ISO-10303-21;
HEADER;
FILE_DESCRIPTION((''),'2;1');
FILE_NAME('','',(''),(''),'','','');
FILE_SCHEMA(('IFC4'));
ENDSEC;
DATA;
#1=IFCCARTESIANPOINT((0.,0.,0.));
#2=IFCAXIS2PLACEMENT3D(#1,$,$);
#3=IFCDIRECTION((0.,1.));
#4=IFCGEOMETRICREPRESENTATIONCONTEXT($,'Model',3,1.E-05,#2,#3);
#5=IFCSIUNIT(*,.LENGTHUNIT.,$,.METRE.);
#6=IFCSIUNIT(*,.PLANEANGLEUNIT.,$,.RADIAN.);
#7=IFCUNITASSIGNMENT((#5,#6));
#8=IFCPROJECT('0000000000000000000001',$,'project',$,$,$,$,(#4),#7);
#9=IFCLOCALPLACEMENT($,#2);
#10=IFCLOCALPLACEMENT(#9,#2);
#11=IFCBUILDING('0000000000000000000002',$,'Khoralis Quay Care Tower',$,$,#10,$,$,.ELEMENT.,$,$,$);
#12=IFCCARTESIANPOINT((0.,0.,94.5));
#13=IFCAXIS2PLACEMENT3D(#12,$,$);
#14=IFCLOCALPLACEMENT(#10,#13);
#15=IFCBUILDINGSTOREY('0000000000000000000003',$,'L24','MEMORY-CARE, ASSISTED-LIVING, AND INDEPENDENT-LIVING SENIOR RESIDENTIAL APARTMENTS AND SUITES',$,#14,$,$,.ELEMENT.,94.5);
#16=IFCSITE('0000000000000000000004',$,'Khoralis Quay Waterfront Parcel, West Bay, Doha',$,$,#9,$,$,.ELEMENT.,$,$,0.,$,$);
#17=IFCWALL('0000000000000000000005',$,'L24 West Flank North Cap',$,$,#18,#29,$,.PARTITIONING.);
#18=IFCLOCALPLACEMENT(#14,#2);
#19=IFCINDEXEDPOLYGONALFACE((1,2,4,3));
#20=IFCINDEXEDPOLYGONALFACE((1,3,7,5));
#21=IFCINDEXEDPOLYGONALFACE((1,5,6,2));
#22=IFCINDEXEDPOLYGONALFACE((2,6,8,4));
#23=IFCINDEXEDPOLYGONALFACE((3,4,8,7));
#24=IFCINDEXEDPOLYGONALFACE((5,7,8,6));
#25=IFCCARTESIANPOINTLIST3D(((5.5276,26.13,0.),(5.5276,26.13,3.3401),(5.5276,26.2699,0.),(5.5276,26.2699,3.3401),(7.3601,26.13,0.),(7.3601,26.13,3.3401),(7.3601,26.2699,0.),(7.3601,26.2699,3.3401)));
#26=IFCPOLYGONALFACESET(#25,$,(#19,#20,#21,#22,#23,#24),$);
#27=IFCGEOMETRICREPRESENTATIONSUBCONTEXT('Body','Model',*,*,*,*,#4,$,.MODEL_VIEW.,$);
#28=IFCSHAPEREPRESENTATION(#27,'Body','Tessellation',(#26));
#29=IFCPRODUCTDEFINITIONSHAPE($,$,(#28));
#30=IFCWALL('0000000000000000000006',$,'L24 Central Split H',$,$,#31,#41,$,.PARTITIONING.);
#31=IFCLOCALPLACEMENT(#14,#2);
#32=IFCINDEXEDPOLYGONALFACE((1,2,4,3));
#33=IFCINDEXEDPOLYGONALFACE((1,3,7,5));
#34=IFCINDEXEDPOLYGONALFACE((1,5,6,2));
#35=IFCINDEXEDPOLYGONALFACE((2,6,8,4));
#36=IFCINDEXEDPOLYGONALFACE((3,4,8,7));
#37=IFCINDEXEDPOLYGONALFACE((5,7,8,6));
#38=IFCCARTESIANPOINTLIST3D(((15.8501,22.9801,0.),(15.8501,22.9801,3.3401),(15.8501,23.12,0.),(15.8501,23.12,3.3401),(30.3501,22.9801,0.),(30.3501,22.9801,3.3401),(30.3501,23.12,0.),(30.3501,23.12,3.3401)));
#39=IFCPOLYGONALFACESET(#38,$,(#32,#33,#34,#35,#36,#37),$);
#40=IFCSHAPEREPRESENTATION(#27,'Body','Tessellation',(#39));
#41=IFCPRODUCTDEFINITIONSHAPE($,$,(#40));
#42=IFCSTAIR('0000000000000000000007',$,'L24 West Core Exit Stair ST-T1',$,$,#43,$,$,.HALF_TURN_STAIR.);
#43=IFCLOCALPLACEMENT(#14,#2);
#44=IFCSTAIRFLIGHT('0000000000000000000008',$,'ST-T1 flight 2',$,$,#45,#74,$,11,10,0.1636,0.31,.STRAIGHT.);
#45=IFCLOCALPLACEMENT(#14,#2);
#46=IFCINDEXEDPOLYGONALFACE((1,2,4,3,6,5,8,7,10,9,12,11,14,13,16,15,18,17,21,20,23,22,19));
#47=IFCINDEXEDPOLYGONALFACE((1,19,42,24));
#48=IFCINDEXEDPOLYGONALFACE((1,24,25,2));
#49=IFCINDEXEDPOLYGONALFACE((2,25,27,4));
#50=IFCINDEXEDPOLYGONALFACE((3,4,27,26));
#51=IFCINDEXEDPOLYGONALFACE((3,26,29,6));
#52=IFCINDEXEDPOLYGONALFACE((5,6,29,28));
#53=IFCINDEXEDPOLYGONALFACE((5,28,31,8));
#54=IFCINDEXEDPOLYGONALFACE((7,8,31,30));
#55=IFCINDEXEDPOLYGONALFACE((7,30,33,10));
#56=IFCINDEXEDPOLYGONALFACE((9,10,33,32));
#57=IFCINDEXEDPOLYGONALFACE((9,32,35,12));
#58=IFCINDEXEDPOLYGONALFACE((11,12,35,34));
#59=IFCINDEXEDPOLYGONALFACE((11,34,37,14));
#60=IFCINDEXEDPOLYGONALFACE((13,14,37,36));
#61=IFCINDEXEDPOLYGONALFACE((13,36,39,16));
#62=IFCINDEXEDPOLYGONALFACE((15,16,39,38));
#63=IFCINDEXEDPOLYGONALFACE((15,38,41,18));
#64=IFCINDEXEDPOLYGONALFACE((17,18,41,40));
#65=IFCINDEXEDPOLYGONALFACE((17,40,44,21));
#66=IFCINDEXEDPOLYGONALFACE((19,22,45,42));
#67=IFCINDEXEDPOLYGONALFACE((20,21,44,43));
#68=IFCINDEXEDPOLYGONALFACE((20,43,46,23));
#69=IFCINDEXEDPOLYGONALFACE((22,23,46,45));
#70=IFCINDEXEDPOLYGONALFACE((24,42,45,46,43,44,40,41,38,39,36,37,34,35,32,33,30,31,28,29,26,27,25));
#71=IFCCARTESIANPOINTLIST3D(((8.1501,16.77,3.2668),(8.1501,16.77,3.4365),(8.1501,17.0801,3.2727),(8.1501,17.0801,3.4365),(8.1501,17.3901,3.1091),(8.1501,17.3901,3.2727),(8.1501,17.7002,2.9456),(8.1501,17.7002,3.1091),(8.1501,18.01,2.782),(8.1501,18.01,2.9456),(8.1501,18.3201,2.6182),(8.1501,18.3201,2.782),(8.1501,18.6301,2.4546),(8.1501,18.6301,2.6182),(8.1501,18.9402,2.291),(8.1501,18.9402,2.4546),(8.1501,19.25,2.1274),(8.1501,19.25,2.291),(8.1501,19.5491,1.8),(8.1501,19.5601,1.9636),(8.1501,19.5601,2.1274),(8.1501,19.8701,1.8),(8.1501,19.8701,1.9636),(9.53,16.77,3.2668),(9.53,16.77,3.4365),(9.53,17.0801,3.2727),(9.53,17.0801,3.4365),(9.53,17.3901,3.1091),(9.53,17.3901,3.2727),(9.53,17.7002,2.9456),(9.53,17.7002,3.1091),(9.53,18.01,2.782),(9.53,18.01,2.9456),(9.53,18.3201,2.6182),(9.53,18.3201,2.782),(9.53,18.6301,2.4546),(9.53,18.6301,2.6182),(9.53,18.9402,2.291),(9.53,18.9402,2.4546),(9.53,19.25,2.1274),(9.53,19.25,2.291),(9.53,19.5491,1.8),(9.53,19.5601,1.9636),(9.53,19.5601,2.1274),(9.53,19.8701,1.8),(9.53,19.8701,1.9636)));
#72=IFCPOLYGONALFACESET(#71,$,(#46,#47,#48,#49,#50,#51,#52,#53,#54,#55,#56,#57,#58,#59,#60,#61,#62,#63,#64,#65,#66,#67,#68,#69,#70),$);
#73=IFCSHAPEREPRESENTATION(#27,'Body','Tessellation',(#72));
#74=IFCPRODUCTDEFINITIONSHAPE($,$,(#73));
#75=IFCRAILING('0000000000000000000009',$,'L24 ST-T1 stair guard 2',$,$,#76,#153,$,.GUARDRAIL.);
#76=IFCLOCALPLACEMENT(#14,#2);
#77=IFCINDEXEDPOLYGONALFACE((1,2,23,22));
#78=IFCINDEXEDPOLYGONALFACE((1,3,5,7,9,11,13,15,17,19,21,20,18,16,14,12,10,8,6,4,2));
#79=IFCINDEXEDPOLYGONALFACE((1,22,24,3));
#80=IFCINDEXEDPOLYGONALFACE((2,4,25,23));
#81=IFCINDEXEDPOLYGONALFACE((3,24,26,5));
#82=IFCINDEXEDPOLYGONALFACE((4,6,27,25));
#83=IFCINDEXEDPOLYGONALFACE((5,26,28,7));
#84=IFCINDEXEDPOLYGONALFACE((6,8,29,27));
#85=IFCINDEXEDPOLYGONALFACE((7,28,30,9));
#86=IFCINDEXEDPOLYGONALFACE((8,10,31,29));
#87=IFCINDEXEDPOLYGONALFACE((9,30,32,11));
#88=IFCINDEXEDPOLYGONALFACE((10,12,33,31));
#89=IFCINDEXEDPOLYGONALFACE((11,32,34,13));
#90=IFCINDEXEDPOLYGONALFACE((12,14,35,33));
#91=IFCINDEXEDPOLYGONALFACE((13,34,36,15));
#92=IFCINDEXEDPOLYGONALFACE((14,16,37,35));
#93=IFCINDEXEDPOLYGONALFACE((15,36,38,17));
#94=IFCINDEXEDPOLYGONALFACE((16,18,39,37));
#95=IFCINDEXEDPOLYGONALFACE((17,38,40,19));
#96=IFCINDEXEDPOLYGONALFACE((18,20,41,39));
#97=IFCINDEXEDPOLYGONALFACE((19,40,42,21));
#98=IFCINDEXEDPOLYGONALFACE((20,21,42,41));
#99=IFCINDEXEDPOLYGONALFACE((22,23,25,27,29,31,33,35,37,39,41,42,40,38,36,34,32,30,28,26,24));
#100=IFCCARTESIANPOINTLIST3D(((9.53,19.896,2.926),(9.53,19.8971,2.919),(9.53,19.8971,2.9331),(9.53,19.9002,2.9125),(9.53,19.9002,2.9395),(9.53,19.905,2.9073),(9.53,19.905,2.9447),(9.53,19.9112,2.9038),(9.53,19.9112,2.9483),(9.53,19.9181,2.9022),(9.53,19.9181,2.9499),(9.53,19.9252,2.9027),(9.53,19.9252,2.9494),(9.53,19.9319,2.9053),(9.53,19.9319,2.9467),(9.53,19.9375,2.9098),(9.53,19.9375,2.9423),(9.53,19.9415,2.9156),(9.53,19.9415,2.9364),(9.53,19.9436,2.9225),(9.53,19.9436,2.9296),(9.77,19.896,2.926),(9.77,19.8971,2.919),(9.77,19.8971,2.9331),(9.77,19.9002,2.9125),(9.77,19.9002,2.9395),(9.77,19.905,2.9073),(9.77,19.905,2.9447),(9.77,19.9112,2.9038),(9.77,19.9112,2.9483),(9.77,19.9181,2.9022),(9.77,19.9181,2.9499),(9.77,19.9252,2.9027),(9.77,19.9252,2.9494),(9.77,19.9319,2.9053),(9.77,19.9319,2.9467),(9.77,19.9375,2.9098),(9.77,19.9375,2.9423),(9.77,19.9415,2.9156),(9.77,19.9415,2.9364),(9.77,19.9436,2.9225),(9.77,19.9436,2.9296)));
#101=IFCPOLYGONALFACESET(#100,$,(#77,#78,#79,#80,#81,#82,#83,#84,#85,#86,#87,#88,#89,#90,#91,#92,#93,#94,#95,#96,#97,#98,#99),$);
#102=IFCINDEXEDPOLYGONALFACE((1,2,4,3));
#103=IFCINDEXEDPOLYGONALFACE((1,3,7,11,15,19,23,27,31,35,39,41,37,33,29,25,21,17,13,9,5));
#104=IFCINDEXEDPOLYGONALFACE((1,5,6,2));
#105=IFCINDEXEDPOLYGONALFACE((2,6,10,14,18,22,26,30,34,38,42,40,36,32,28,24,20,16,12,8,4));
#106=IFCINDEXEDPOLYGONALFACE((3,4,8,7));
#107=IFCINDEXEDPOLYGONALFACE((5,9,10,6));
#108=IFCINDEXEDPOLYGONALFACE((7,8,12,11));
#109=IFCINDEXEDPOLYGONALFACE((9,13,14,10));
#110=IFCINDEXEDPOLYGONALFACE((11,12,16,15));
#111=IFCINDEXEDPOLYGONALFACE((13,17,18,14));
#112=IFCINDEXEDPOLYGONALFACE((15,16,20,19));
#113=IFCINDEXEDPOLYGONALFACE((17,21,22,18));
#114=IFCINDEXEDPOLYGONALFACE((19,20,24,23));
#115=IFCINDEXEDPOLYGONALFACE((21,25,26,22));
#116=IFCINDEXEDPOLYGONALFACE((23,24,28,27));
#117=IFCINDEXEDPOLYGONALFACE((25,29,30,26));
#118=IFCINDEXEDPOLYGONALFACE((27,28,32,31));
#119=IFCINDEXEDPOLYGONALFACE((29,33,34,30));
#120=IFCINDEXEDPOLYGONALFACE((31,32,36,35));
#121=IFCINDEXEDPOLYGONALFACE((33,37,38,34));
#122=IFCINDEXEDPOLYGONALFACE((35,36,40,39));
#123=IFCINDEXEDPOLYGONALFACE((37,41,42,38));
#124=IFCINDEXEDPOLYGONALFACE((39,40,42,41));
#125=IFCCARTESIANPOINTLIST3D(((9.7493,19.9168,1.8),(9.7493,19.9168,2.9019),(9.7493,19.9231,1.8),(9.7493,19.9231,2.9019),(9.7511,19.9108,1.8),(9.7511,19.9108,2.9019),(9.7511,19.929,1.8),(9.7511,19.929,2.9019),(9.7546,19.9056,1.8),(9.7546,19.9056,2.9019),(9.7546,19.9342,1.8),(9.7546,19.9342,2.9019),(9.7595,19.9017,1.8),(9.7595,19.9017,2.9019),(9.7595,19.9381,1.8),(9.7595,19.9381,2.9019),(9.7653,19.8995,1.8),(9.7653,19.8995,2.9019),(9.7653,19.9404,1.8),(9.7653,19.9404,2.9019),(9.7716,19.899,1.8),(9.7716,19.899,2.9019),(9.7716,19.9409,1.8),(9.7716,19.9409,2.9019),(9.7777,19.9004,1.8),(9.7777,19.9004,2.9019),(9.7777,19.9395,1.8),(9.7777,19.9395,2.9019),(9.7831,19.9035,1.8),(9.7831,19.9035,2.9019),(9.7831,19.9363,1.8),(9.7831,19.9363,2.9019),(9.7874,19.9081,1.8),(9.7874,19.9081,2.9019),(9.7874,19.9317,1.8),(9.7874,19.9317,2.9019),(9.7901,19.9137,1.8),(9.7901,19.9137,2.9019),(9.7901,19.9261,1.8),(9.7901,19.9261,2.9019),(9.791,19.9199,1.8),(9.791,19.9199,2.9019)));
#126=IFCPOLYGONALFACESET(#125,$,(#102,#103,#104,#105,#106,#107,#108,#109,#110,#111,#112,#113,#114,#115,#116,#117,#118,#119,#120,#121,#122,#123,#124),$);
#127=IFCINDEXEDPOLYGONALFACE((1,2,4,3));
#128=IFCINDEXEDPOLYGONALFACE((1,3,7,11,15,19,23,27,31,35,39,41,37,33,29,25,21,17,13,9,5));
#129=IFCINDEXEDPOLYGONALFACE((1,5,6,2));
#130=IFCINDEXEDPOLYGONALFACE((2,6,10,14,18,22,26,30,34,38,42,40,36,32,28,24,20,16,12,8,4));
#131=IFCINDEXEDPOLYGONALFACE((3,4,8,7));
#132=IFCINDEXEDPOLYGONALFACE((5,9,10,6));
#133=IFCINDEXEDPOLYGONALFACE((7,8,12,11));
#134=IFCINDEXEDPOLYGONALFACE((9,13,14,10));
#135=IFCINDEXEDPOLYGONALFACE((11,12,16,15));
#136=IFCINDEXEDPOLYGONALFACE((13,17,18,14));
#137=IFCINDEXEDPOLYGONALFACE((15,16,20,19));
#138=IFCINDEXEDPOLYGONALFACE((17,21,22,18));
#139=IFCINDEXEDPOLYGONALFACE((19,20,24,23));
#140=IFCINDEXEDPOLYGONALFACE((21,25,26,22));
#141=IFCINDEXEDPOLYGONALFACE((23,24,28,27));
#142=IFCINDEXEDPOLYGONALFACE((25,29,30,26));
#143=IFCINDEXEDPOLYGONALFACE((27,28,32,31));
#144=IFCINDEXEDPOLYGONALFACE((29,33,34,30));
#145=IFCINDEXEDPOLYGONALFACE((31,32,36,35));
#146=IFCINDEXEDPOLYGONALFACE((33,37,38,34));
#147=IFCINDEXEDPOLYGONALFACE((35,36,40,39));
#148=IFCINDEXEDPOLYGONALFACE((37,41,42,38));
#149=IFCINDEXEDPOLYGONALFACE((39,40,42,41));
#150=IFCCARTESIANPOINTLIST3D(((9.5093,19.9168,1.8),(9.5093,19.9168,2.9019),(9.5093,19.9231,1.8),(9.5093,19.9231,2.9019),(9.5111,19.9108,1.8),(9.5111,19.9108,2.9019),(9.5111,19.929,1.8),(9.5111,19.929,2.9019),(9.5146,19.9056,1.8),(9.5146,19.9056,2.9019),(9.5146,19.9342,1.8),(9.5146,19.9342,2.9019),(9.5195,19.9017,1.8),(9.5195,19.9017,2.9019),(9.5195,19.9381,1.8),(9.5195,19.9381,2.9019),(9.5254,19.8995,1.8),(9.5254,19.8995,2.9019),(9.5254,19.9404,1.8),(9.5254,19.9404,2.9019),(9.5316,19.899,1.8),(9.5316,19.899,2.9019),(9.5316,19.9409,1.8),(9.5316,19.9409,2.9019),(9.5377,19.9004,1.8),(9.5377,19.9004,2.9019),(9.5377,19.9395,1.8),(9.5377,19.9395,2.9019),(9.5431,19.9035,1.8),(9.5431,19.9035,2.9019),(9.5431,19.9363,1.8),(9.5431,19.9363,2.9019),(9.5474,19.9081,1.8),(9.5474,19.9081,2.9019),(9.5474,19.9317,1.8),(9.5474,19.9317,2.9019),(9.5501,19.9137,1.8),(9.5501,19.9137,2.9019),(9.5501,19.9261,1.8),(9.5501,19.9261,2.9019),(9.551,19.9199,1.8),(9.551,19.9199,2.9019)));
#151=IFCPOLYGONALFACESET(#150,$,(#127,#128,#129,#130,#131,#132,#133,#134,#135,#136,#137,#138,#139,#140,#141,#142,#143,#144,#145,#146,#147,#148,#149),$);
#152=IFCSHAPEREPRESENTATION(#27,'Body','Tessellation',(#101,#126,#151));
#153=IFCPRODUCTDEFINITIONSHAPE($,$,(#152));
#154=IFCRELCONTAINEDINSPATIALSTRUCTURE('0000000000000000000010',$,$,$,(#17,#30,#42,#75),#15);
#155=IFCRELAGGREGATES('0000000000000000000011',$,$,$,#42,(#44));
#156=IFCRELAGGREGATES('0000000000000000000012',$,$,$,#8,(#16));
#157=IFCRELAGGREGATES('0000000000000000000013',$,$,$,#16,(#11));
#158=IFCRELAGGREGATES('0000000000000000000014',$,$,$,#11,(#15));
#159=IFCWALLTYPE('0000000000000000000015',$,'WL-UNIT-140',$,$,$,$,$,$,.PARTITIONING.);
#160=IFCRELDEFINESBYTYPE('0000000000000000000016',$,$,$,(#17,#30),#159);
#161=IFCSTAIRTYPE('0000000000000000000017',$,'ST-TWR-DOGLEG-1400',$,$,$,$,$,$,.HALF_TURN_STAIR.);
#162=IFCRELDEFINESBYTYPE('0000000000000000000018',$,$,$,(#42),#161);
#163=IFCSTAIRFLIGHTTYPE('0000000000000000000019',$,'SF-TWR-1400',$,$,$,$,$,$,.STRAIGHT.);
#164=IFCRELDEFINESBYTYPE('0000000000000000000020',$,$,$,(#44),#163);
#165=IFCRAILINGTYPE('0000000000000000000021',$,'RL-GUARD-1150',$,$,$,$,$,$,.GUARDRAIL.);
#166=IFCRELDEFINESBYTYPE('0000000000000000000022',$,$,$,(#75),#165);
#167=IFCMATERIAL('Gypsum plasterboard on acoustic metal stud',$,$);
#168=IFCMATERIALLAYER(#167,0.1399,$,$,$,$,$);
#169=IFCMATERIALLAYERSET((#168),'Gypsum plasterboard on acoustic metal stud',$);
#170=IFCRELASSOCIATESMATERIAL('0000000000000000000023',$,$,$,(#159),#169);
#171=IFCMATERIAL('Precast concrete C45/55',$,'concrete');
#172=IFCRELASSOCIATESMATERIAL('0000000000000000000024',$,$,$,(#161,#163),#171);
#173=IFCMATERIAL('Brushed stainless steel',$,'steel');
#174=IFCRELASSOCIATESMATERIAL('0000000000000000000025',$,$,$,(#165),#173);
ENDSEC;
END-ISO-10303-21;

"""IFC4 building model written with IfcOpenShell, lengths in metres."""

from ifc_helpers import new_model, si_unit, direction, frame, frame_2d, origin, origin_2d, place, context, subcontext, project, spatial, polyline, rectangle, circle, outline, extrude, source, transform, mapped, material, layer, layer_set, type_object, element, aggregate, save


model = new_model("IFC4")

# Units and contexts
model_context = context("Model", 3, precision=1e-05, world=origin(), true_north=direction((0.0, 1.0)))
body_context = subcontext(model_context, "Body", "Model", "MODEL_VIEW")
ifc_project = project(units=[si_unit("LENGTHUNIT", "METRE"), si_unit("PLANEANGLEUNIT", "RADIAN")], contexts=[model_context])

# Site, building, storey
site_placement = place(None, origin())
site = spatial("IfcSite", under=ifc_project, at=site_placement, Name="Khoralis Quay Waterfront Parcel, West Bay, Doha", CompositionType="ELEMENT", RefElevation=0.0)
building_placement = place(site_placement, origin())
building = spatial("IfcBuilding", under=site, at=building_placement, Name="Khoralis Quay Care Tower", CompositionType="ELEMENT")
storey_placement = place(building_placement, frame((0.0, 0.0, 94.5)))
storey = spatial("IfcBuildingStorey", under=building, at=storey_placement, Name="L24", Description="MEMORY-CARE, ASSISTED-LIVING, AND INDEPENDENT-LIVING SENIOR RESIDENTIAL APARTMENTS AND SUITES", CompositionType="ELEMENT", Elevation=94.5)

# Shared definitions
ifc_material_1 = material(Name="Brushed stainless steel", Category="steel")

# Walls
ifc_material_2 = material(Name="Gypsum plasterboard on acoustic metal stud")
ifc_layer_1 = layer(ifc_material_2, 0.1399)
ifc_layer_set_1 = layer_set([ifc_layer_1], Name="Gypsum plasterboard on acoustic metal stud")
wall_type_1 = type_object("IfcWallType", Name="WL-UNIT-140", PredefinedType="PARTITIONING", material=ifc_layer_set_1)
wall_1_placement = place(storey_placement, frame((5.5276, 26.2, 0.0), z_axis=(0.0, 0.0, 1.0), x_axis=(1.0, 0.0, 0.0)))
element("IfcWall", 1, at=wall_1_placement, inside=storey, type_object=wall_type_1, Name="L24 West Flank North Cap", PredefinedType="PARTITIONING", context=body_context, shape_type="SweptSolid", body=[
    extrude(rectangle(XDim=1.8325, YDim=0.1399, at=frame_2d((0.9163, 0.0))), origin(), (0.0, 0.0, 1.0), 3.3401),
])
wall_2_placement = place(storey_placement, frame((15.8501, 23.05, 0.0), z_axis=(0.0, 0.0, 1.0), x_axis=(1.0, 0.0, 0.0)))
element("IfcWall", 2, at=wall_2_placement, inside=storey, type_object=wall_type_1, Name="L24 Central Split H", PredefinedType="PARTITIONING", context=body_context, shape_type="SweptSolid", body=[
    extrude(rectangle(XDim=14.5, YDim=0.1399, at=frame_2d((7.25, 0.0))), origin(), (0.0, 0.0, 1.0), 3.3401),
])

# Stair, stair flight
ifc_material_3 = material(Name="Precast concrete C45/55", Category="concrete")
stair_type = type_object("IfcStairType", Name="ST-TWR-DOGLEG-1400", PredefinedType="HALF_TURN_STAIR", material=ifc_material_3)
stair_placement = place(storey_placement, origin())
stair = element("IfcStair", 3, at=stair_placement, inside=storey, type_object=stair_type, Name="L24 West Core Exit Stair ST-T1", PredefinedType="HALF_TURN_STAIR")
stair_flight_type = type_object("IfcStairFlightType", Name="SF-TWR-1400", PredefinedType="STRAIGHT", material=ifc_material_3)
shared_shape_1 = source(origin(), body_context, "Body", "SweptSolid", [
    extrude(outline(polyline([(0.0, 0.0), (0.0, 0.1636), (0.3101, 0.1636), (0.3101, 0.3274), (0.6201, 0.3274), (0.6201, 0.491), (0.9299, 0.491), (0.9299, 0.6545), (1.24, 0.6545), (1.24, 0.8181), (1.55, 0.8181), (1.55, 0.9819), (1.8601, 0.9819), (1.8601, 1.1455), (2.1699, 1.1455), (2.1699, 1.3091), (2.48, 1.3091), (2.48, 1.4727), (2.79, 1.4727), (2.79, 1.6365), (3.1001, 1.6365), (3.1001, 1.8), (3.1001, 1.4668), (0.321, 0.0), (0.0, 0.0)])), frame((0.0, 0.6899, 0.0), z_axis=(0.0, -1.0, 0.0), x_axis=(1.0, 0.0, 0.0)), (0.0, 0.0, 1.0), 1.3799),
])
stair_flight_placement = place(storey_placement, frame((8.8401, 19.8701, 1.8), z_axis=(0.0, 0.0, 1.0), x_axis=(0.0, -1.0, 0.0)))
stair_flight = element("IfcStairFlight", 4, at=stair_flight_placement, type_object=stair_flight_type, Name="ST-T1 flight 2", NumberOfRisers=11, NumberOfTreads=10, PredefinedType="STRAIGHT", RiserHeight=0.1636, TreadLength=0.31, context=body_context, shape_type="MappedRepresentation", body=[
    mapped(shared_shape_1, transform((0.0, 0.0, 0.0), scale=1.0)),
])
aggregate(stair, [stair_flight])

# Railing
railing_type_1 = type_object("IfcRailingType", Name="RL-GUARD-1150", PredefinedType="GUARDRAIL", material=ifc_material_1)
railing_1_placement = place(storey_placement, frame((9.77, 19.9199, 1.8)))
element("IfcRailing", 5, at=railing_1_placement, inside=storey, type_object=railing_type_1, Name="L24 ST-T1 stair guard 2", PredefinedType="GUARDRAIL", context=body_context, shape_type="SweptSolid", body=[
    extrude(circle(Radius=0.0239, at=origin_2d()), frame((0.0, 0.0, 1.126), z_axis=(-1.0, 0.0, 0.0), x_axis=(0.0, -1.0, 0.0)), (0.0, 0.0, 1.0), 0.24),
    extrude(circle(Radius=0.021, at=origin_2d()), origin(), (0.0, 0.0, 1.0), 1.1018),
    extrude(circle(Radius=0.021, at=origin_2d()), frame((-0.24, 0.0, 0.0)), (0.0, 0.0, 1.0), 1.1018),
])

save(model, "model.ifc")
